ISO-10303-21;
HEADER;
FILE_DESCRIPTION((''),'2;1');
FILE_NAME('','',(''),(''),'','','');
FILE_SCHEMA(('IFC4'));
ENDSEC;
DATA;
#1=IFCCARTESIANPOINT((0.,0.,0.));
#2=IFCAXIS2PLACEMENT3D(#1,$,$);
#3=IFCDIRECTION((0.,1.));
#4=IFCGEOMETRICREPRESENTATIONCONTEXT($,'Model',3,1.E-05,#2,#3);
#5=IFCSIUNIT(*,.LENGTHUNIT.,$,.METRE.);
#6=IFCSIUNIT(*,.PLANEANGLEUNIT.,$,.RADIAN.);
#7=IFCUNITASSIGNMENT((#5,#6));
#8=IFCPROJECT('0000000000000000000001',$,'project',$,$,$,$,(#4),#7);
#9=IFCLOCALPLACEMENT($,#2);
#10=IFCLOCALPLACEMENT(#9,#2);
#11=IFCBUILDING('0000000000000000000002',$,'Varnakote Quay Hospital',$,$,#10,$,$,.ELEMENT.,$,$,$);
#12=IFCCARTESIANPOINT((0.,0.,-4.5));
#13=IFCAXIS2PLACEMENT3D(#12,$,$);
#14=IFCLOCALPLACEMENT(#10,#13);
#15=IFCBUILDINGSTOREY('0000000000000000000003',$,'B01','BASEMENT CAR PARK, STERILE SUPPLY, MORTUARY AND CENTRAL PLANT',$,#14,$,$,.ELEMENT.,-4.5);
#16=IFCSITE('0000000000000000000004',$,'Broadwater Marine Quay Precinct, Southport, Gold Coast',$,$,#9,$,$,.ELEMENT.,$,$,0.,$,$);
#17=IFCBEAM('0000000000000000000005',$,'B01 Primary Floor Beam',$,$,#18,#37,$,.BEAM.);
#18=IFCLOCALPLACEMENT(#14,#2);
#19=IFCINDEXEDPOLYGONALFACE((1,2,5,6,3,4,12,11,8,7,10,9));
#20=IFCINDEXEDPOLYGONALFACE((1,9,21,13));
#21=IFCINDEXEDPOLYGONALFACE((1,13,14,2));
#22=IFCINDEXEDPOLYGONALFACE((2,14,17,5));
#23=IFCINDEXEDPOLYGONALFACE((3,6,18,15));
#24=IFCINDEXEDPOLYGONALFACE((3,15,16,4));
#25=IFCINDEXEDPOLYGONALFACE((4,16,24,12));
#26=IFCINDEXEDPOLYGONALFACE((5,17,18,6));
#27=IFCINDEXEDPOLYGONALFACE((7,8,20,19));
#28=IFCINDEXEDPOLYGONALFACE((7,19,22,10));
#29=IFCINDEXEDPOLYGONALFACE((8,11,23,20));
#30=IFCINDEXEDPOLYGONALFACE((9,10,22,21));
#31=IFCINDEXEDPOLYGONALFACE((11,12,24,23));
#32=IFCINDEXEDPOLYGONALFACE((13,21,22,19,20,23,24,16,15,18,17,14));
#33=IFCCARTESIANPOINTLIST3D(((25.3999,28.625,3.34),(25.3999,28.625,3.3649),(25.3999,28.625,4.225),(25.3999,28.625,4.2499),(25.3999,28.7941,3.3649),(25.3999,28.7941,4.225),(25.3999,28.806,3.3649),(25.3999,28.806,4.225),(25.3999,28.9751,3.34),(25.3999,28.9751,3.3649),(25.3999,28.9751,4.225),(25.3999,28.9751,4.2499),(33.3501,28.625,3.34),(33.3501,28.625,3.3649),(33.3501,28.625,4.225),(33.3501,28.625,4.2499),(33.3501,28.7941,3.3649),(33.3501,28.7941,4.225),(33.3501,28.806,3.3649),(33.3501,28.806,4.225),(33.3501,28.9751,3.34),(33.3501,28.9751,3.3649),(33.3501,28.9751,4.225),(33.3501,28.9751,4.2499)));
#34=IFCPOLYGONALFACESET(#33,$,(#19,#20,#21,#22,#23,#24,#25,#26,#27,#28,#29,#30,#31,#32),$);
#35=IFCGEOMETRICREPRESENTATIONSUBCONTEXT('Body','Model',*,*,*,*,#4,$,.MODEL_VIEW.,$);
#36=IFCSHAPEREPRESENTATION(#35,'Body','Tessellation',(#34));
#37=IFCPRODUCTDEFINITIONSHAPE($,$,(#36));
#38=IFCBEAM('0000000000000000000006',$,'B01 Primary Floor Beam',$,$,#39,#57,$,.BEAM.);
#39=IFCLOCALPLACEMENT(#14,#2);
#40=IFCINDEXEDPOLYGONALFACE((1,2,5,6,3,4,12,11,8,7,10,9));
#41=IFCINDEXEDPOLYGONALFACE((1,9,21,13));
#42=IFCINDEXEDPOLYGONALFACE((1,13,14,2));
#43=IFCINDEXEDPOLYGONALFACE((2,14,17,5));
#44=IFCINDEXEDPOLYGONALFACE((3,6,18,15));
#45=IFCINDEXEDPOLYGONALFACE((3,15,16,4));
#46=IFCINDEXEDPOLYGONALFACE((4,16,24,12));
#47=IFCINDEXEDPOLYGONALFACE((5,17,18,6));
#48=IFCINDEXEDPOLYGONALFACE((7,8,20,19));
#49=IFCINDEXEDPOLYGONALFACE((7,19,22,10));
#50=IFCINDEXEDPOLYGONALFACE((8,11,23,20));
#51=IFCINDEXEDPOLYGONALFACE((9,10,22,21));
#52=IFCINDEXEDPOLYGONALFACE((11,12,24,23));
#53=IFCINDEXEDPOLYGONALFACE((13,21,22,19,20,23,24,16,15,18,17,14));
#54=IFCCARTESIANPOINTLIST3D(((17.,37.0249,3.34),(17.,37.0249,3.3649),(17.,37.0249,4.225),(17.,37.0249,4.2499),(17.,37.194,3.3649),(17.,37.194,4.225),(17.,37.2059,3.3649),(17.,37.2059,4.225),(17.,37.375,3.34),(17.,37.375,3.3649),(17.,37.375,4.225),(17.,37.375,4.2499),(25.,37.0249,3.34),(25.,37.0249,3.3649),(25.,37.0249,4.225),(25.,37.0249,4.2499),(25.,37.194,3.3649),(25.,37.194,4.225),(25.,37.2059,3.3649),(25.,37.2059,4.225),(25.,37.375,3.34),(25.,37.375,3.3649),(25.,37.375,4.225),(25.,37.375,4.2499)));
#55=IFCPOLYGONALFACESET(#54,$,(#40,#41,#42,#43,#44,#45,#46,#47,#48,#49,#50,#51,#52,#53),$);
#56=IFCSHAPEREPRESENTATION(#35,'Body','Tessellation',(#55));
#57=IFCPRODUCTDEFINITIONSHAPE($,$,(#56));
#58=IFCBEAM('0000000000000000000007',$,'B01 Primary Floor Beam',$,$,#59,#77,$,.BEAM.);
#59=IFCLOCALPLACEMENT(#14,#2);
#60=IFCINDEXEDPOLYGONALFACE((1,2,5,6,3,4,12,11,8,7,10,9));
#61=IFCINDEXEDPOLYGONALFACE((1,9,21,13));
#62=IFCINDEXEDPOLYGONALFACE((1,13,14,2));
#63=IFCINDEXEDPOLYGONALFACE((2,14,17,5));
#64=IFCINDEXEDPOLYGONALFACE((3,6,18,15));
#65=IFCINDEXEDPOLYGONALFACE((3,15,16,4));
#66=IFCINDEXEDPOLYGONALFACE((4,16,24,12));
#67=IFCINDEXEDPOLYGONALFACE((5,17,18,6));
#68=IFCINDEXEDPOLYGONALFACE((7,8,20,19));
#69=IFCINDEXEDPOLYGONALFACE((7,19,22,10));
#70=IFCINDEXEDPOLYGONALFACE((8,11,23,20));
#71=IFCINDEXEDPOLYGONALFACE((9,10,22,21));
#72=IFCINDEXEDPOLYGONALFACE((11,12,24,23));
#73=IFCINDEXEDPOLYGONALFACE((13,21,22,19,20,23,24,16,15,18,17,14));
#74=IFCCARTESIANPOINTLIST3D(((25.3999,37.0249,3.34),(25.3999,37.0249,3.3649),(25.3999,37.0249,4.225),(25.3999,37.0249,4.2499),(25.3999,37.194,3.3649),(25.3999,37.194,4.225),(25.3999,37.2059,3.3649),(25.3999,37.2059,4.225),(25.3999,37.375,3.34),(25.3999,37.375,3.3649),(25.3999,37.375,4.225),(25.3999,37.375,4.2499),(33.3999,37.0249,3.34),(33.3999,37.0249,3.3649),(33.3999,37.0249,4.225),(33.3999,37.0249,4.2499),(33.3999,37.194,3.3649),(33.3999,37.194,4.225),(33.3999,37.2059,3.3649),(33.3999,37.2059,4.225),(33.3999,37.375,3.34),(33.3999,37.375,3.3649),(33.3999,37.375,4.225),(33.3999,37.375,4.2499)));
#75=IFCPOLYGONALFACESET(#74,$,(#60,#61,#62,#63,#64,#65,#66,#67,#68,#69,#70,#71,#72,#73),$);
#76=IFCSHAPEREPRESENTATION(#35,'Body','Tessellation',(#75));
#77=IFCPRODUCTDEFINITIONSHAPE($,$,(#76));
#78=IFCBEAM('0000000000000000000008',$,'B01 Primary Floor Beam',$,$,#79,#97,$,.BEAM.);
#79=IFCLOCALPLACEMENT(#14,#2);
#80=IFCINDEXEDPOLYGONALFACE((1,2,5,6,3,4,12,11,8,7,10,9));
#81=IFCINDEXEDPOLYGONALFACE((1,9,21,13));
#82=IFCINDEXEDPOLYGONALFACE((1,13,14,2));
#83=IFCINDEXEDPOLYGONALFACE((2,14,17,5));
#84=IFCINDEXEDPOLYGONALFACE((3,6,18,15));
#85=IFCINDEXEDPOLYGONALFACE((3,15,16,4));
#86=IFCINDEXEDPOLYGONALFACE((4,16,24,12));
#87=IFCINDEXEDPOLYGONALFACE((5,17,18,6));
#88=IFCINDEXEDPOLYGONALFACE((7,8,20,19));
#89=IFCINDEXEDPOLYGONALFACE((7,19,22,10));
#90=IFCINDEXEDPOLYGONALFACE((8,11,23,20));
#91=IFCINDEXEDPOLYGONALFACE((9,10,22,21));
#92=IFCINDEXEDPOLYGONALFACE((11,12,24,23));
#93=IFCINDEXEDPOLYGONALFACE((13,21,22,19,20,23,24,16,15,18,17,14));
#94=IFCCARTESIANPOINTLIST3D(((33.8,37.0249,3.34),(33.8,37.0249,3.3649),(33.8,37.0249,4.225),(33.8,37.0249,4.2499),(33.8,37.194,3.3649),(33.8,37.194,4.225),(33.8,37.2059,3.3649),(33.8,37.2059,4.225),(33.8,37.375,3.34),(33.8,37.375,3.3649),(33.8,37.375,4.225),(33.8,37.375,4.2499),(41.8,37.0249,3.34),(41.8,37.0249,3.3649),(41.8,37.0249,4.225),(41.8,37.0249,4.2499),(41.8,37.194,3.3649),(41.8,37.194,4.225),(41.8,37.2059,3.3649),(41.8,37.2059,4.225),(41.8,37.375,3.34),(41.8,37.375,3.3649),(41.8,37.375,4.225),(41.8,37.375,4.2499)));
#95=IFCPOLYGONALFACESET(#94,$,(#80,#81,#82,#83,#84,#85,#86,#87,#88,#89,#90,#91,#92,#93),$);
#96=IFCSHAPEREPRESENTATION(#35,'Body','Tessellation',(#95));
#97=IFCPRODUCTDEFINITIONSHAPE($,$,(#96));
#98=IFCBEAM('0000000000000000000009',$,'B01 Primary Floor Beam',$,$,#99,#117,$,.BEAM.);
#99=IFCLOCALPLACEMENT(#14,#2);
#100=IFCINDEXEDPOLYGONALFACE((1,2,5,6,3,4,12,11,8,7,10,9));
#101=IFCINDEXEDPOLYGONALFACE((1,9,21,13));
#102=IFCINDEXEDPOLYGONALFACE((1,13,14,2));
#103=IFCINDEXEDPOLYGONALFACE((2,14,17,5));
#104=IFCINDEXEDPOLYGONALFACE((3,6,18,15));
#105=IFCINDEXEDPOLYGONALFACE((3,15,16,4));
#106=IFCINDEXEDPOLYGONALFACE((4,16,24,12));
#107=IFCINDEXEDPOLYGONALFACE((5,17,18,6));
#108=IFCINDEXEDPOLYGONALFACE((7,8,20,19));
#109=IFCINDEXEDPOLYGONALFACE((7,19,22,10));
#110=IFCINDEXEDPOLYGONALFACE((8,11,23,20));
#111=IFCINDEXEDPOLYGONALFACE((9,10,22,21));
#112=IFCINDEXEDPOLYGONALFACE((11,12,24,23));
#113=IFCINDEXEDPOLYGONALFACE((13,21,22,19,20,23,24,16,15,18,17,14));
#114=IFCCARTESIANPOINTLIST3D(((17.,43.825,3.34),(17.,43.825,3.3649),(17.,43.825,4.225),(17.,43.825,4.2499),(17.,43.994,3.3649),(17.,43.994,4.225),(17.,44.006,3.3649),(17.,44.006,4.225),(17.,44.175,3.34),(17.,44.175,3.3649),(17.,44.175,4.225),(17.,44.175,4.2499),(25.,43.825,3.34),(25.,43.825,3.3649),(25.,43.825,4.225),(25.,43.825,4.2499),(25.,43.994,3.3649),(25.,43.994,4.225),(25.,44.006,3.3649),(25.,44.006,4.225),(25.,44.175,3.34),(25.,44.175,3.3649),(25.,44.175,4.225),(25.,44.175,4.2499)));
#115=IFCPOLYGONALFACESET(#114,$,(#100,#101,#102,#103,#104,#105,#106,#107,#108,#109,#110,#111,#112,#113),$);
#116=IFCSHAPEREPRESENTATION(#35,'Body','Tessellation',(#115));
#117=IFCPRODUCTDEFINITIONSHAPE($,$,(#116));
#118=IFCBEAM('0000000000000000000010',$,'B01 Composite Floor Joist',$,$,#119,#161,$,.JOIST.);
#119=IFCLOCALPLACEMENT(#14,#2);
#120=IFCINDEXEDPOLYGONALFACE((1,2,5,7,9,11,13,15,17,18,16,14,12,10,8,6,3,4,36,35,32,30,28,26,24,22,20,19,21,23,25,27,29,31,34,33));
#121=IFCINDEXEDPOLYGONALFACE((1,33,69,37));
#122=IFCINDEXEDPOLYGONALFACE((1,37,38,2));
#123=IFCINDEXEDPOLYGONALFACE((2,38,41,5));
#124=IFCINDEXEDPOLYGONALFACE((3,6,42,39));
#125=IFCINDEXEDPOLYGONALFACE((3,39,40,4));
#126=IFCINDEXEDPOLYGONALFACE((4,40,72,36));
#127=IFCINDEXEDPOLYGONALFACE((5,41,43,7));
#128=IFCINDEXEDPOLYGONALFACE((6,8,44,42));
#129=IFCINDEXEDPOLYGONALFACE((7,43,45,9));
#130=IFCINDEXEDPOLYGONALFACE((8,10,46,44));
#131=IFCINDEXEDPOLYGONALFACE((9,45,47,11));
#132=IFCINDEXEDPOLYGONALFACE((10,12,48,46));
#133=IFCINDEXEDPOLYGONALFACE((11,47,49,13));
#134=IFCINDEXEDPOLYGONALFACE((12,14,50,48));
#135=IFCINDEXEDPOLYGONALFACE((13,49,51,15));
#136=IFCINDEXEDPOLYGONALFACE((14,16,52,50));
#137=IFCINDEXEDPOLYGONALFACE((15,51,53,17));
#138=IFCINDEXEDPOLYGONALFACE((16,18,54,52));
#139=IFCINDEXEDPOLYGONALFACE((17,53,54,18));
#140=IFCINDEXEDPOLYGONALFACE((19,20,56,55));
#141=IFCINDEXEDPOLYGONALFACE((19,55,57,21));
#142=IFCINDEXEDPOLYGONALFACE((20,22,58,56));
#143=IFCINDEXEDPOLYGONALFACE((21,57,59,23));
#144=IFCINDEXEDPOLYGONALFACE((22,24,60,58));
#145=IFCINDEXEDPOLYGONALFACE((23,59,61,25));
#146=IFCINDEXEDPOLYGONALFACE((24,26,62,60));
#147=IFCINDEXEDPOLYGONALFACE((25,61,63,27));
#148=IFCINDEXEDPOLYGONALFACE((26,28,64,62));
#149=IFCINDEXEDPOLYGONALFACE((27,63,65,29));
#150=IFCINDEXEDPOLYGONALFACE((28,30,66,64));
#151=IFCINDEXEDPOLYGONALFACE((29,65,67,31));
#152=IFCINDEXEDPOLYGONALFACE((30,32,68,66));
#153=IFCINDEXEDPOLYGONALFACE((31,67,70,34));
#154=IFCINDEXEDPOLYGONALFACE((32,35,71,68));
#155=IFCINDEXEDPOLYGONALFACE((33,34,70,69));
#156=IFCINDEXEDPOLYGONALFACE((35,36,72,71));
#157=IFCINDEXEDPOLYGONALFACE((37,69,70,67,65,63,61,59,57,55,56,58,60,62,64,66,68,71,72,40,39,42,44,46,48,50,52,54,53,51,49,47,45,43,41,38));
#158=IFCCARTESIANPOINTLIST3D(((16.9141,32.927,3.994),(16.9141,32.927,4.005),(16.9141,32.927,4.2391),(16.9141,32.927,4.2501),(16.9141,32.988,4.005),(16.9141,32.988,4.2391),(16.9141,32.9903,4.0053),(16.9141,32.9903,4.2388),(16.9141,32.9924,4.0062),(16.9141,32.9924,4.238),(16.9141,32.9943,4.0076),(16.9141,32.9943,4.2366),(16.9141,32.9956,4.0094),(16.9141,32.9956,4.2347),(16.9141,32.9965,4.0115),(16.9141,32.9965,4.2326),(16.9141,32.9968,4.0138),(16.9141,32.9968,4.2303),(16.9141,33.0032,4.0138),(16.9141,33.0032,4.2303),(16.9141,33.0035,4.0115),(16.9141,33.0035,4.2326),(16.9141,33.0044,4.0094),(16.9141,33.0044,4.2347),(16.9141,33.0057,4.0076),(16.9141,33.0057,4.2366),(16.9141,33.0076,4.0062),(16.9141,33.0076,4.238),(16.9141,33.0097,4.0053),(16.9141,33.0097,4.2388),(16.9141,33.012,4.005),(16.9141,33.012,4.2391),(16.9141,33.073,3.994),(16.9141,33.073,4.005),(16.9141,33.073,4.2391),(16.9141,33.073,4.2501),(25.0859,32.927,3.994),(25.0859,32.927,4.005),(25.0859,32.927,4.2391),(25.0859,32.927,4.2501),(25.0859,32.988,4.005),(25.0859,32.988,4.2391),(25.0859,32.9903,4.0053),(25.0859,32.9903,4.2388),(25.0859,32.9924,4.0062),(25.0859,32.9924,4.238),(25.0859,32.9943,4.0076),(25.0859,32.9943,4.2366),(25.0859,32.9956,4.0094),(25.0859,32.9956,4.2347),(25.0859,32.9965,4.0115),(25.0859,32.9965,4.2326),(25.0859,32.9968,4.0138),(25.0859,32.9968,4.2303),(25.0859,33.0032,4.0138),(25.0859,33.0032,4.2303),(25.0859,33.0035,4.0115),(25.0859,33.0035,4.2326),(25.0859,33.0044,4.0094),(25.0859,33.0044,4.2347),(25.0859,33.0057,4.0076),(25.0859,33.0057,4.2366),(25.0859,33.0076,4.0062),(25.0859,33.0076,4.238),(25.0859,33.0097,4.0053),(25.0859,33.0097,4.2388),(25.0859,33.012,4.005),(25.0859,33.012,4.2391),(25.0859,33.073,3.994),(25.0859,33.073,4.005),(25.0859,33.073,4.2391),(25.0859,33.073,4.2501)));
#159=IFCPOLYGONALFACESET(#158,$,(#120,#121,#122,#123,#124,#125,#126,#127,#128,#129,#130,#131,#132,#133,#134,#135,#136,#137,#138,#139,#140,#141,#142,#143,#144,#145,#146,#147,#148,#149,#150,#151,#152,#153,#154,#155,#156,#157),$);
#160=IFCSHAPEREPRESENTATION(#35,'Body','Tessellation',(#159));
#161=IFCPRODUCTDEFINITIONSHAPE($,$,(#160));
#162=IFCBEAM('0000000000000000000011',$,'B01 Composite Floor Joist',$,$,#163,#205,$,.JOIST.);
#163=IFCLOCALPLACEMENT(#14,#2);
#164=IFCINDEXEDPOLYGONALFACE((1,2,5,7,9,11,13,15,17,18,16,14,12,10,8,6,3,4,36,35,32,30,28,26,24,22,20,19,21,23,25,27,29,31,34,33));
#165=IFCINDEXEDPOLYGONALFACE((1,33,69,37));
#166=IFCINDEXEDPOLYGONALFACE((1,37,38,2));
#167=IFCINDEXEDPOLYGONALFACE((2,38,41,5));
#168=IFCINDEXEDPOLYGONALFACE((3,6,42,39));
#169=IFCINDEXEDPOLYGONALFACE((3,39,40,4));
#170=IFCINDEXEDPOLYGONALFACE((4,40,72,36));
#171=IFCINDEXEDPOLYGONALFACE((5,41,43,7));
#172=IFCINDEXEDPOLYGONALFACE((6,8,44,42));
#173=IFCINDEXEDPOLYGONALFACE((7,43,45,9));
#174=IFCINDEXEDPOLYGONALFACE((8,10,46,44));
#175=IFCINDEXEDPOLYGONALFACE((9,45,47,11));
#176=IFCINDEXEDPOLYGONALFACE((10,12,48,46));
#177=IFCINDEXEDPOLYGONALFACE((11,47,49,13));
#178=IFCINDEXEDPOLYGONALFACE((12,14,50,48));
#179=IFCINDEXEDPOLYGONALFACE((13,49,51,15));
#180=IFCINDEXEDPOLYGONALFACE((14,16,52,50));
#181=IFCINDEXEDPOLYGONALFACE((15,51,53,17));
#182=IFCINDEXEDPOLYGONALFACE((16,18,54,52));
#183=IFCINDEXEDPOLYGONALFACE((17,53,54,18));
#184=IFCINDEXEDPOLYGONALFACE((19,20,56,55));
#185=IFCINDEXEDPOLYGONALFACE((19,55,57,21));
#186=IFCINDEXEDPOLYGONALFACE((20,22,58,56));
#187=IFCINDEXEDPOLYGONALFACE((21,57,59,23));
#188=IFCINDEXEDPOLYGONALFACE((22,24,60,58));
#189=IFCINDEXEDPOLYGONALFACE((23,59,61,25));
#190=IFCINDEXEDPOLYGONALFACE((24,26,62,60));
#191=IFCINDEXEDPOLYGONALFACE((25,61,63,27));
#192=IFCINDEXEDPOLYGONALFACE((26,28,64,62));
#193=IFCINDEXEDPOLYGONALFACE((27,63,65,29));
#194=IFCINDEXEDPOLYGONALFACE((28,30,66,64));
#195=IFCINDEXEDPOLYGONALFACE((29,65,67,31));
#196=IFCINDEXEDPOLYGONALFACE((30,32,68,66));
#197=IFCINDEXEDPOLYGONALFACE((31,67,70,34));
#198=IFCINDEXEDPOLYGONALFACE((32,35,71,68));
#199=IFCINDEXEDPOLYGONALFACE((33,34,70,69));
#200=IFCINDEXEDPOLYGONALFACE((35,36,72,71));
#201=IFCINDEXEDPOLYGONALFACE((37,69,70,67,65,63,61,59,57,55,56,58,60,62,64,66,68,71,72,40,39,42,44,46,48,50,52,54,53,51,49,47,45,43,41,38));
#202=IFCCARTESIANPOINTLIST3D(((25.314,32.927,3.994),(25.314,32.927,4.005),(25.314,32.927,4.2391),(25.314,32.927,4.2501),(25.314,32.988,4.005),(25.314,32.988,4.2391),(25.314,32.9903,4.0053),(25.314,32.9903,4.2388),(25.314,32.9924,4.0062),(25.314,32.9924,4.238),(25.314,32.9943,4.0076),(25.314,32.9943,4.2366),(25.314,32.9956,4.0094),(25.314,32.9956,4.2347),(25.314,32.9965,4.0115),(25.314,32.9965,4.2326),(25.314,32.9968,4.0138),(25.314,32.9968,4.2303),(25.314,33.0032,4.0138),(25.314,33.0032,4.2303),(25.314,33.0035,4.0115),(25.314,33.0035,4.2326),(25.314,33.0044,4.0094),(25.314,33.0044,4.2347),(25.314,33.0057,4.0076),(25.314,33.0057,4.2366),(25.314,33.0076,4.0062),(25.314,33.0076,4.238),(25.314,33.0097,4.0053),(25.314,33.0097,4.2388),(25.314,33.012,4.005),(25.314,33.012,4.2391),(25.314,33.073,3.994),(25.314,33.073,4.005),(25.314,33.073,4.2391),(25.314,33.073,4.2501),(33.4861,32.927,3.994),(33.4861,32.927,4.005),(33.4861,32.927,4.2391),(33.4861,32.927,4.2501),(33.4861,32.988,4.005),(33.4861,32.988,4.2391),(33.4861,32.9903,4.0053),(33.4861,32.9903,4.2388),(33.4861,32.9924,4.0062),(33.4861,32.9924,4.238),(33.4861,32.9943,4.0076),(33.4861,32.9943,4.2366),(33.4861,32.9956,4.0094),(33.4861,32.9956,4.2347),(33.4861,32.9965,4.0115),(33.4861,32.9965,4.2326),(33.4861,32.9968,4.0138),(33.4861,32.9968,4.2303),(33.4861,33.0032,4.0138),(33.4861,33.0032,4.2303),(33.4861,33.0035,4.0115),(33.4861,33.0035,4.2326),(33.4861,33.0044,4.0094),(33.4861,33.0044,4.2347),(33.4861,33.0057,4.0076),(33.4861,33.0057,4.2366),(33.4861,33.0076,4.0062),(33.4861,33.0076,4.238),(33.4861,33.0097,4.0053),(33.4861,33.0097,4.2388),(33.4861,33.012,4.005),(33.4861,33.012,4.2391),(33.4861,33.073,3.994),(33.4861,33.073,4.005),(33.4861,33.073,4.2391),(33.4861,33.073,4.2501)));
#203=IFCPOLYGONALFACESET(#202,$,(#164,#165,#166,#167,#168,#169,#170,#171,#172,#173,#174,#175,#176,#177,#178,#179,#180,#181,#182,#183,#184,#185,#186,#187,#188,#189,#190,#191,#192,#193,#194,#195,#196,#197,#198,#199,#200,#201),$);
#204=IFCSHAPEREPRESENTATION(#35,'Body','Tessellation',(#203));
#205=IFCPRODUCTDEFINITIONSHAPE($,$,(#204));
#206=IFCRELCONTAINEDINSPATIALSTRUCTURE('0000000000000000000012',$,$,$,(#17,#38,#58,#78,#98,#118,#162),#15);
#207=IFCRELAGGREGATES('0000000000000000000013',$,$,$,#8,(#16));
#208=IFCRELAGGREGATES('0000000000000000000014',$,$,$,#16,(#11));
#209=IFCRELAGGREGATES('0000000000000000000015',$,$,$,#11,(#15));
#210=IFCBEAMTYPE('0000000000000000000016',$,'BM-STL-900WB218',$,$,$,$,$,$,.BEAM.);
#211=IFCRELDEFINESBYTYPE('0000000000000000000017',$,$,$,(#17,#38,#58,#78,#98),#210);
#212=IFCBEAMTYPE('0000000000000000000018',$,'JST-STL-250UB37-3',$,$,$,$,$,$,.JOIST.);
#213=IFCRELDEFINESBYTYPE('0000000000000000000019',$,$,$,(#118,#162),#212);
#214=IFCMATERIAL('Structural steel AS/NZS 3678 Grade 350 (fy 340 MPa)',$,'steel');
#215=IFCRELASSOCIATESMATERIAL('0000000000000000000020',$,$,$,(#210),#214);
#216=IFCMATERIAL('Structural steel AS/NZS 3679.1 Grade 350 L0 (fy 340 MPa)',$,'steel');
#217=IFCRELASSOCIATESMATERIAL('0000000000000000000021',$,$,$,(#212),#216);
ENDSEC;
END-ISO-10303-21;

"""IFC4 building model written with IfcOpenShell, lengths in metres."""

from ifc_helpers import new_model, si_unit, direction, frame, origin, origin_2d, place, context, subcontext, project, spatial, i_section, extrude, material, material_profile, profile_set, type_object, element, save


model = new_model("IFC4")

# Units and contexts
model_context = context("Model", 3, precision=1e-05, world=origin(), true_north=direction((0.0, 1.0)))
body_context = subcontext(model_context, "Body", "Model", "MODEL_VIEW")
ifc_project = project(units=[si_unit("LENGTHUNIT", "METRE"), si_unit("PLANEANGLEUNIT", "RADIAN")], contexts=[model_context])

# Site, building, storey
site_placement = place(None, origin())
site = spatial("IfcSite", under=ifc_project, at=site_placement, Name="Broadwater Marine Quay Precinct, Southport, Gold Coast", CompositionType="ELEMENT", RefElevation=0.0)
building_placement = place(site_placement, origin())
building = spatial("IfcBuilding", under=site, at=building_placement, Name="Varnakote Quay Hospital", CompositionType="ELEMENT")
storey_placement = place(building_placement, frame((0.0, 0.0, -4.5)))
storey = spatial("IfcBuildingStorey", under=building, at=storey_placement, Name="B01", Description="BASEMENT CAR PARK, STERILE SUPPLY, MORTUARY AND CENTRAL PLANT", CompositionType="ELEMENT", Elevation=-4.5)

# Beams
ifc_material_1 = material(Name="Structural steel AS/NZS 3678 Grade 350 (fy 340 MPa)", Category="steel")
ifc_material_profile_1 = material_profile(ifc_material_1, i_section(OverallWidth=0.3501, OverallDepth=0.9099, WebThickness=0.012, FlangeThickness=0.0249, at=origin_2d()), Name="900WB218")
ifc_profile_set_1 = profile_set([ifc_material_profile_1], Name="Structural steel AS/NZS 3678 Grade 350 (fy 340 MPa)")
beam_type_1 = type_object("IfcBeamType", Name="BM-STL-900WB218", PredefinedType="BEAM", material=ifc_profile_set_1)
beam_1_placement = place(storey_placement, frame((25.3999, 28.8, 3.7949), z_axis=(1.0, 0.0, 0.0), x_axis=(0.0, 1.0, 0.0)))
element("IfcBeam", 1, at=beam_1_placement, inside=storey, type_object=beam_type_1, Name="B01 Primary Floor Beam", PredefinedType="BEAM", context=body_context, shape_type="SweptSolid", body=[
    extrude(i_section(OverallWidth=0.3501, OverallDepth=0.9099, WebThickness=0.012, FlangeThickness=0.0249, at=origin_2d()), origin(), (0.0, 0.0, 1.0), 7.9502),
])
for number, where, z_axis, x_axis, name in (
    (2, (17.0, 37.2, 3.7949), (1.0, 0.0, 0.0), (0.0, 1.0, 0.0), "B01 Primary Floor Beam"),
    (3, (25.3999, 37.2, 3.7949), (1.0, 0.0, 0.0), (0.0, 1.0, 0.0), "B01 Primary Floor Beam"),
    (4, (33.8, 37.2, 3.7949), (1.0, 0.0, 0.0), (0.0, 1.0, 0.0), "B01 Primary Floor Beam"),
    (5, (17.0, 44.0, 3.7949), (1.0, 0.0, 0.0), (0.0, 1.0, 0.0), "B01 Primary Floor Beam"),
):
    element("IfcBeam", number, at=place(storey_placement, frame(where, z_axis=z_axis, x_axis=x_axis)), inside=storey, type_object=beam_type_1, Name=name, PredefinedType="BEAM", context=body_context, shape_type="SweptSolid", body=[
        extrude(i_section(OverallWidth=0.3501, OverallDepth=0.9099, WebThickness=0.012, FlangeThickness=0.0249, at=origin_2d()), origin(), (0.0, 0.0, 1.0), 8.0),
    ])
ifc_material_2 = material(Name="Structural steel AS/NZS 3679.1 Grade 350 L0 (fy 340 MPa)", Category="steel")
ifc_material_profile_2 = material_profile(ifc_material_2, i_section(OverallWidth=0.146, OverallDepth=0.2561, WebThickness=0.0063, FlangeThickness=0.011, FilletRadius=0.0088, at=origin_2d()), Name="250UB37.3")
ifc_profile_set_2 = profile_set([ifc_material_profile_2], Name="Structural steel AS/NZS 3679.1 Grade 350 L0 (fy 340 MPa)")
beam_type_2 = type_object("IfcBeamType", Name="JST-STL-250UB37-3", PredefinedType="JOIST", material=ifc_profile_set_2)
beam_2_placement = place(storey_placement, frame((16.9141, 33.0, 4.1221), z_axis=(1.0, 0.0, 0.0), x_axis=(0.0, 1.0, 0.0)))
element("IfcBeam", 6, at=beam_2_placement, inside=storey, type_object=beam_type_2, Name="B01 Composite Floor Joist", PredefinedType="JOIST", context=body_context, shape_type="SweptSolid", body=[
    extrude(i_section(OverallWidth=0.146, OverallDepth=0.2561, WebThickness=0.0063, FlangeThickness=0.011, FilletRadius=0.0088, at=origin_2d()), origin(), (0.0, 0.0, 1.0), 8.1719),
])
beam_3_placement = place(storey_placement, frame((25.314, 33.0, 4.1221), z_axis=(1.0, 0.0, 0.0), x_axis=(0.0, 1.0, 0.0)))
element("IfcBeam", 7, at=beam_3_placement, inside=storey, type_object=beam_type_2, Name="B01 Composite Floor Joist", PredefinedType="JOIST", context=body_context, shape_type="SweptSolid", body=[
    extrude(i_section(OverallWidth=0.146, OverallDepth=0.2561, WebThickness=0.0063, FlangeThickness=0.011, FilletRadius=0.0088, at=origin_2d()), origin(), (0.0, 0.0, 1.0), 8.1721),
])

save(model, "model.ifc")
